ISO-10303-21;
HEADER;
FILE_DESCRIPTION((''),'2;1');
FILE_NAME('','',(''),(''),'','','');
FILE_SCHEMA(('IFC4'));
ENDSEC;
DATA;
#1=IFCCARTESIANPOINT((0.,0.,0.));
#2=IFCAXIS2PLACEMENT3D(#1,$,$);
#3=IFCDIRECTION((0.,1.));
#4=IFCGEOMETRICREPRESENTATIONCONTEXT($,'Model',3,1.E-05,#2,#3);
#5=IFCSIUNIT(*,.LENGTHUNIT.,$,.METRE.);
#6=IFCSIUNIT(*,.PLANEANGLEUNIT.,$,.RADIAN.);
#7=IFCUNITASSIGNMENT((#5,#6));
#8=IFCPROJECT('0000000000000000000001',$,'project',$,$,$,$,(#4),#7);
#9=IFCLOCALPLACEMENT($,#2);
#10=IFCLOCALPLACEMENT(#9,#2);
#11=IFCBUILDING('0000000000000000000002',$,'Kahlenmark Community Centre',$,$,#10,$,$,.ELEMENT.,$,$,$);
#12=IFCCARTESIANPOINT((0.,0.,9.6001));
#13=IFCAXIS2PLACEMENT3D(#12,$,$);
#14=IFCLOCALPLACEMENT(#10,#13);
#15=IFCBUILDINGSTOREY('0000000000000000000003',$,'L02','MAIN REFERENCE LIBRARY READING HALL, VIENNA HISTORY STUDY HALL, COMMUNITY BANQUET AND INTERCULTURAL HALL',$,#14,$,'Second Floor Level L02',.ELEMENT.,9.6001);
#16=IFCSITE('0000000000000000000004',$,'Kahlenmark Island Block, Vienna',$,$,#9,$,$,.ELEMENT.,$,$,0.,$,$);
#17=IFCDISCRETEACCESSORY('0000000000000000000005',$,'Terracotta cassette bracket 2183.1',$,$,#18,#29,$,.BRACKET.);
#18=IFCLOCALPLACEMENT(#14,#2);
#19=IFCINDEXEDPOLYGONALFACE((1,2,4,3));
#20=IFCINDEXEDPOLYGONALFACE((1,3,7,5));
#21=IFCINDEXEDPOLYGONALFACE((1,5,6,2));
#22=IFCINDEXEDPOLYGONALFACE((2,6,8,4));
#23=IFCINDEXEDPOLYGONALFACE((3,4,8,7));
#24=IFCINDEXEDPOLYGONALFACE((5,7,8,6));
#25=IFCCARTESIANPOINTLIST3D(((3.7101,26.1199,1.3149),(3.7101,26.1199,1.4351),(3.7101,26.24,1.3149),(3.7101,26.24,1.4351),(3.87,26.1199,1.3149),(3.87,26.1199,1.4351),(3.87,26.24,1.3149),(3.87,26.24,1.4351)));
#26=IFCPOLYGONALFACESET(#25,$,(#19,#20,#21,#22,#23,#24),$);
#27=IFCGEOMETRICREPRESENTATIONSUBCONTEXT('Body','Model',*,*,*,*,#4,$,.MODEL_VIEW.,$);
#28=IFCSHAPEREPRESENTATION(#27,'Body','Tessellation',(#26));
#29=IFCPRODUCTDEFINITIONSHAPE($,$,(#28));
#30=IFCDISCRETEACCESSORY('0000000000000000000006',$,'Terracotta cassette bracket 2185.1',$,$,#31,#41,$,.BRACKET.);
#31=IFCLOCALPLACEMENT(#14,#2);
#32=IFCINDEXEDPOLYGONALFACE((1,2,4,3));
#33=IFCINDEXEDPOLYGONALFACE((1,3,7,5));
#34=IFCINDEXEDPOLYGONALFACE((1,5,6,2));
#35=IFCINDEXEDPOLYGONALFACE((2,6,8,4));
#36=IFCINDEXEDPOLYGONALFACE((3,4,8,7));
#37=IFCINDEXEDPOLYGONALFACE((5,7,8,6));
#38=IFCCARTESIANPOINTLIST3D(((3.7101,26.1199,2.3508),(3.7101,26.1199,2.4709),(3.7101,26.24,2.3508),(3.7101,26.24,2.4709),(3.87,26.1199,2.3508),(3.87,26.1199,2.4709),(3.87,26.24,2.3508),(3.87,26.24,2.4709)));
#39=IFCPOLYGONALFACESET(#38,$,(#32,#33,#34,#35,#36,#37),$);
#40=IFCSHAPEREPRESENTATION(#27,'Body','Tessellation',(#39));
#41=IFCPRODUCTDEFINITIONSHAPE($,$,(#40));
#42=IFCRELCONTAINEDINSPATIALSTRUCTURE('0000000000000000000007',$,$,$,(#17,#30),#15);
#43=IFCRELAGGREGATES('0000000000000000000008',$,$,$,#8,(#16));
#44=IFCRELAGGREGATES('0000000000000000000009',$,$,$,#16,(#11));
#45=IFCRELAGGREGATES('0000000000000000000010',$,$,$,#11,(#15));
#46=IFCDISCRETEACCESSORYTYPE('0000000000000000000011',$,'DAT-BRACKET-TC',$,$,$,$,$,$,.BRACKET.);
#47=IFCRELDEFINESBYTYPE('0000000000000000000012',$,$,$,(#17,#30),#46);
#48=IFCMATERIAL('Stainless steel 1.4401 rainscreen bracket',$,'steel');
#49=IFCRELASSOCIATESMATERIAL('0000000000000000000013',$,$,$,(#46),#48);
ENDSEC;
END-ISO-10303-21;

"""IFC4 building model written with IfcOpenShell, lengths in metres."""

from ifc_helpers import new_model, si_unit, direction, frame, origin, origin_2d, place, context, subcontext, project, spatial, rectangle, extrude, material, type_object, element, save


model = new_model("IFC4")

# Units and contexts
model_context = context("Model", 3, precision=1e-05, world=origin(), true_north=direction((0.0, 1.0)))
body_context = subcontext(model_context, "Body", "Model", "MODEL_VIEW")
ifc_project = project(units=[si_unit("LENGTHUNIT", "METRE"), si_unit("PLANEANGLEUNIT", "RADIAN")], contexts=[model_context])

# Site, building, storey
site_placement = place(None, origin())
site = spatial("IfcSite", under=ifc_project, at=site_placement, Name="Kahlenmark Island Block, Vienna", CompositionType="ELEMENT", RefElevation=0.0)
building_placement = place(site_placement, origin())
building = spatial("IfcBuilding", under=site, at=building_placement, Name="Kahlenmark Community Centre", CompositionType="ELEMENT")
storey_placement = place(building_placement, frame((0.0, 0.0, 9.6001)))
storey = spatial("IfcBuildingStorey", under=building, at=storey_placement, Name="L02", Description="MAIN REFERENCE LIBRARY READING HALL, VIENNA HISTORY STUDY HALL, COMMUNITY BANQUET AND INTERCULTURAL HALL", LongName="Second Floor Level L02", CompositionType="ELEMENT", Elevation=9.6001)

# Discrete accessories
ifc_material_1 = material(Name="Stainless steel 1.4401 rainscreen bracket", Category="steel")
discrete_accessory_type = type_object("IfcDiscreteAccessoryType", Name="DAT-BRACKET-TC", PredefinedType="BRACKET", material=ifc_material_1)
for number, where, z_axis, x_axis, name in (
    (1, (3.79, 26.1799, 1.3149), (0.0, 0.0, 1.0), (0.0, -1.0, 0.0), "Terracotta cassette bracket 2183.1"),
    (2, (3.79, 26.1799, 2.3508), (0.0, 0.0, 1.0), (0.0, -1.0, 0.0), "Terracotta cassette bracket 2185.1"),
):
    element("IfcDiscreteAccessory", number, at=place(storey_placement, frame(where, z_axis=z_axis, x_axis=x_axis)), inside=storey, type_object=discrete_accessory_type, Name=name, PredefinedType="BRACKET", context=body_context, shape_type="SweptSolid", body=[
        extrude(rectangle(XDim=0.1201, YDim=0.1599, at=origin_2d()), origin(), (0.0, 0.0, 1.0), 0.1201),
    ])

save(model, "model.ifc")
